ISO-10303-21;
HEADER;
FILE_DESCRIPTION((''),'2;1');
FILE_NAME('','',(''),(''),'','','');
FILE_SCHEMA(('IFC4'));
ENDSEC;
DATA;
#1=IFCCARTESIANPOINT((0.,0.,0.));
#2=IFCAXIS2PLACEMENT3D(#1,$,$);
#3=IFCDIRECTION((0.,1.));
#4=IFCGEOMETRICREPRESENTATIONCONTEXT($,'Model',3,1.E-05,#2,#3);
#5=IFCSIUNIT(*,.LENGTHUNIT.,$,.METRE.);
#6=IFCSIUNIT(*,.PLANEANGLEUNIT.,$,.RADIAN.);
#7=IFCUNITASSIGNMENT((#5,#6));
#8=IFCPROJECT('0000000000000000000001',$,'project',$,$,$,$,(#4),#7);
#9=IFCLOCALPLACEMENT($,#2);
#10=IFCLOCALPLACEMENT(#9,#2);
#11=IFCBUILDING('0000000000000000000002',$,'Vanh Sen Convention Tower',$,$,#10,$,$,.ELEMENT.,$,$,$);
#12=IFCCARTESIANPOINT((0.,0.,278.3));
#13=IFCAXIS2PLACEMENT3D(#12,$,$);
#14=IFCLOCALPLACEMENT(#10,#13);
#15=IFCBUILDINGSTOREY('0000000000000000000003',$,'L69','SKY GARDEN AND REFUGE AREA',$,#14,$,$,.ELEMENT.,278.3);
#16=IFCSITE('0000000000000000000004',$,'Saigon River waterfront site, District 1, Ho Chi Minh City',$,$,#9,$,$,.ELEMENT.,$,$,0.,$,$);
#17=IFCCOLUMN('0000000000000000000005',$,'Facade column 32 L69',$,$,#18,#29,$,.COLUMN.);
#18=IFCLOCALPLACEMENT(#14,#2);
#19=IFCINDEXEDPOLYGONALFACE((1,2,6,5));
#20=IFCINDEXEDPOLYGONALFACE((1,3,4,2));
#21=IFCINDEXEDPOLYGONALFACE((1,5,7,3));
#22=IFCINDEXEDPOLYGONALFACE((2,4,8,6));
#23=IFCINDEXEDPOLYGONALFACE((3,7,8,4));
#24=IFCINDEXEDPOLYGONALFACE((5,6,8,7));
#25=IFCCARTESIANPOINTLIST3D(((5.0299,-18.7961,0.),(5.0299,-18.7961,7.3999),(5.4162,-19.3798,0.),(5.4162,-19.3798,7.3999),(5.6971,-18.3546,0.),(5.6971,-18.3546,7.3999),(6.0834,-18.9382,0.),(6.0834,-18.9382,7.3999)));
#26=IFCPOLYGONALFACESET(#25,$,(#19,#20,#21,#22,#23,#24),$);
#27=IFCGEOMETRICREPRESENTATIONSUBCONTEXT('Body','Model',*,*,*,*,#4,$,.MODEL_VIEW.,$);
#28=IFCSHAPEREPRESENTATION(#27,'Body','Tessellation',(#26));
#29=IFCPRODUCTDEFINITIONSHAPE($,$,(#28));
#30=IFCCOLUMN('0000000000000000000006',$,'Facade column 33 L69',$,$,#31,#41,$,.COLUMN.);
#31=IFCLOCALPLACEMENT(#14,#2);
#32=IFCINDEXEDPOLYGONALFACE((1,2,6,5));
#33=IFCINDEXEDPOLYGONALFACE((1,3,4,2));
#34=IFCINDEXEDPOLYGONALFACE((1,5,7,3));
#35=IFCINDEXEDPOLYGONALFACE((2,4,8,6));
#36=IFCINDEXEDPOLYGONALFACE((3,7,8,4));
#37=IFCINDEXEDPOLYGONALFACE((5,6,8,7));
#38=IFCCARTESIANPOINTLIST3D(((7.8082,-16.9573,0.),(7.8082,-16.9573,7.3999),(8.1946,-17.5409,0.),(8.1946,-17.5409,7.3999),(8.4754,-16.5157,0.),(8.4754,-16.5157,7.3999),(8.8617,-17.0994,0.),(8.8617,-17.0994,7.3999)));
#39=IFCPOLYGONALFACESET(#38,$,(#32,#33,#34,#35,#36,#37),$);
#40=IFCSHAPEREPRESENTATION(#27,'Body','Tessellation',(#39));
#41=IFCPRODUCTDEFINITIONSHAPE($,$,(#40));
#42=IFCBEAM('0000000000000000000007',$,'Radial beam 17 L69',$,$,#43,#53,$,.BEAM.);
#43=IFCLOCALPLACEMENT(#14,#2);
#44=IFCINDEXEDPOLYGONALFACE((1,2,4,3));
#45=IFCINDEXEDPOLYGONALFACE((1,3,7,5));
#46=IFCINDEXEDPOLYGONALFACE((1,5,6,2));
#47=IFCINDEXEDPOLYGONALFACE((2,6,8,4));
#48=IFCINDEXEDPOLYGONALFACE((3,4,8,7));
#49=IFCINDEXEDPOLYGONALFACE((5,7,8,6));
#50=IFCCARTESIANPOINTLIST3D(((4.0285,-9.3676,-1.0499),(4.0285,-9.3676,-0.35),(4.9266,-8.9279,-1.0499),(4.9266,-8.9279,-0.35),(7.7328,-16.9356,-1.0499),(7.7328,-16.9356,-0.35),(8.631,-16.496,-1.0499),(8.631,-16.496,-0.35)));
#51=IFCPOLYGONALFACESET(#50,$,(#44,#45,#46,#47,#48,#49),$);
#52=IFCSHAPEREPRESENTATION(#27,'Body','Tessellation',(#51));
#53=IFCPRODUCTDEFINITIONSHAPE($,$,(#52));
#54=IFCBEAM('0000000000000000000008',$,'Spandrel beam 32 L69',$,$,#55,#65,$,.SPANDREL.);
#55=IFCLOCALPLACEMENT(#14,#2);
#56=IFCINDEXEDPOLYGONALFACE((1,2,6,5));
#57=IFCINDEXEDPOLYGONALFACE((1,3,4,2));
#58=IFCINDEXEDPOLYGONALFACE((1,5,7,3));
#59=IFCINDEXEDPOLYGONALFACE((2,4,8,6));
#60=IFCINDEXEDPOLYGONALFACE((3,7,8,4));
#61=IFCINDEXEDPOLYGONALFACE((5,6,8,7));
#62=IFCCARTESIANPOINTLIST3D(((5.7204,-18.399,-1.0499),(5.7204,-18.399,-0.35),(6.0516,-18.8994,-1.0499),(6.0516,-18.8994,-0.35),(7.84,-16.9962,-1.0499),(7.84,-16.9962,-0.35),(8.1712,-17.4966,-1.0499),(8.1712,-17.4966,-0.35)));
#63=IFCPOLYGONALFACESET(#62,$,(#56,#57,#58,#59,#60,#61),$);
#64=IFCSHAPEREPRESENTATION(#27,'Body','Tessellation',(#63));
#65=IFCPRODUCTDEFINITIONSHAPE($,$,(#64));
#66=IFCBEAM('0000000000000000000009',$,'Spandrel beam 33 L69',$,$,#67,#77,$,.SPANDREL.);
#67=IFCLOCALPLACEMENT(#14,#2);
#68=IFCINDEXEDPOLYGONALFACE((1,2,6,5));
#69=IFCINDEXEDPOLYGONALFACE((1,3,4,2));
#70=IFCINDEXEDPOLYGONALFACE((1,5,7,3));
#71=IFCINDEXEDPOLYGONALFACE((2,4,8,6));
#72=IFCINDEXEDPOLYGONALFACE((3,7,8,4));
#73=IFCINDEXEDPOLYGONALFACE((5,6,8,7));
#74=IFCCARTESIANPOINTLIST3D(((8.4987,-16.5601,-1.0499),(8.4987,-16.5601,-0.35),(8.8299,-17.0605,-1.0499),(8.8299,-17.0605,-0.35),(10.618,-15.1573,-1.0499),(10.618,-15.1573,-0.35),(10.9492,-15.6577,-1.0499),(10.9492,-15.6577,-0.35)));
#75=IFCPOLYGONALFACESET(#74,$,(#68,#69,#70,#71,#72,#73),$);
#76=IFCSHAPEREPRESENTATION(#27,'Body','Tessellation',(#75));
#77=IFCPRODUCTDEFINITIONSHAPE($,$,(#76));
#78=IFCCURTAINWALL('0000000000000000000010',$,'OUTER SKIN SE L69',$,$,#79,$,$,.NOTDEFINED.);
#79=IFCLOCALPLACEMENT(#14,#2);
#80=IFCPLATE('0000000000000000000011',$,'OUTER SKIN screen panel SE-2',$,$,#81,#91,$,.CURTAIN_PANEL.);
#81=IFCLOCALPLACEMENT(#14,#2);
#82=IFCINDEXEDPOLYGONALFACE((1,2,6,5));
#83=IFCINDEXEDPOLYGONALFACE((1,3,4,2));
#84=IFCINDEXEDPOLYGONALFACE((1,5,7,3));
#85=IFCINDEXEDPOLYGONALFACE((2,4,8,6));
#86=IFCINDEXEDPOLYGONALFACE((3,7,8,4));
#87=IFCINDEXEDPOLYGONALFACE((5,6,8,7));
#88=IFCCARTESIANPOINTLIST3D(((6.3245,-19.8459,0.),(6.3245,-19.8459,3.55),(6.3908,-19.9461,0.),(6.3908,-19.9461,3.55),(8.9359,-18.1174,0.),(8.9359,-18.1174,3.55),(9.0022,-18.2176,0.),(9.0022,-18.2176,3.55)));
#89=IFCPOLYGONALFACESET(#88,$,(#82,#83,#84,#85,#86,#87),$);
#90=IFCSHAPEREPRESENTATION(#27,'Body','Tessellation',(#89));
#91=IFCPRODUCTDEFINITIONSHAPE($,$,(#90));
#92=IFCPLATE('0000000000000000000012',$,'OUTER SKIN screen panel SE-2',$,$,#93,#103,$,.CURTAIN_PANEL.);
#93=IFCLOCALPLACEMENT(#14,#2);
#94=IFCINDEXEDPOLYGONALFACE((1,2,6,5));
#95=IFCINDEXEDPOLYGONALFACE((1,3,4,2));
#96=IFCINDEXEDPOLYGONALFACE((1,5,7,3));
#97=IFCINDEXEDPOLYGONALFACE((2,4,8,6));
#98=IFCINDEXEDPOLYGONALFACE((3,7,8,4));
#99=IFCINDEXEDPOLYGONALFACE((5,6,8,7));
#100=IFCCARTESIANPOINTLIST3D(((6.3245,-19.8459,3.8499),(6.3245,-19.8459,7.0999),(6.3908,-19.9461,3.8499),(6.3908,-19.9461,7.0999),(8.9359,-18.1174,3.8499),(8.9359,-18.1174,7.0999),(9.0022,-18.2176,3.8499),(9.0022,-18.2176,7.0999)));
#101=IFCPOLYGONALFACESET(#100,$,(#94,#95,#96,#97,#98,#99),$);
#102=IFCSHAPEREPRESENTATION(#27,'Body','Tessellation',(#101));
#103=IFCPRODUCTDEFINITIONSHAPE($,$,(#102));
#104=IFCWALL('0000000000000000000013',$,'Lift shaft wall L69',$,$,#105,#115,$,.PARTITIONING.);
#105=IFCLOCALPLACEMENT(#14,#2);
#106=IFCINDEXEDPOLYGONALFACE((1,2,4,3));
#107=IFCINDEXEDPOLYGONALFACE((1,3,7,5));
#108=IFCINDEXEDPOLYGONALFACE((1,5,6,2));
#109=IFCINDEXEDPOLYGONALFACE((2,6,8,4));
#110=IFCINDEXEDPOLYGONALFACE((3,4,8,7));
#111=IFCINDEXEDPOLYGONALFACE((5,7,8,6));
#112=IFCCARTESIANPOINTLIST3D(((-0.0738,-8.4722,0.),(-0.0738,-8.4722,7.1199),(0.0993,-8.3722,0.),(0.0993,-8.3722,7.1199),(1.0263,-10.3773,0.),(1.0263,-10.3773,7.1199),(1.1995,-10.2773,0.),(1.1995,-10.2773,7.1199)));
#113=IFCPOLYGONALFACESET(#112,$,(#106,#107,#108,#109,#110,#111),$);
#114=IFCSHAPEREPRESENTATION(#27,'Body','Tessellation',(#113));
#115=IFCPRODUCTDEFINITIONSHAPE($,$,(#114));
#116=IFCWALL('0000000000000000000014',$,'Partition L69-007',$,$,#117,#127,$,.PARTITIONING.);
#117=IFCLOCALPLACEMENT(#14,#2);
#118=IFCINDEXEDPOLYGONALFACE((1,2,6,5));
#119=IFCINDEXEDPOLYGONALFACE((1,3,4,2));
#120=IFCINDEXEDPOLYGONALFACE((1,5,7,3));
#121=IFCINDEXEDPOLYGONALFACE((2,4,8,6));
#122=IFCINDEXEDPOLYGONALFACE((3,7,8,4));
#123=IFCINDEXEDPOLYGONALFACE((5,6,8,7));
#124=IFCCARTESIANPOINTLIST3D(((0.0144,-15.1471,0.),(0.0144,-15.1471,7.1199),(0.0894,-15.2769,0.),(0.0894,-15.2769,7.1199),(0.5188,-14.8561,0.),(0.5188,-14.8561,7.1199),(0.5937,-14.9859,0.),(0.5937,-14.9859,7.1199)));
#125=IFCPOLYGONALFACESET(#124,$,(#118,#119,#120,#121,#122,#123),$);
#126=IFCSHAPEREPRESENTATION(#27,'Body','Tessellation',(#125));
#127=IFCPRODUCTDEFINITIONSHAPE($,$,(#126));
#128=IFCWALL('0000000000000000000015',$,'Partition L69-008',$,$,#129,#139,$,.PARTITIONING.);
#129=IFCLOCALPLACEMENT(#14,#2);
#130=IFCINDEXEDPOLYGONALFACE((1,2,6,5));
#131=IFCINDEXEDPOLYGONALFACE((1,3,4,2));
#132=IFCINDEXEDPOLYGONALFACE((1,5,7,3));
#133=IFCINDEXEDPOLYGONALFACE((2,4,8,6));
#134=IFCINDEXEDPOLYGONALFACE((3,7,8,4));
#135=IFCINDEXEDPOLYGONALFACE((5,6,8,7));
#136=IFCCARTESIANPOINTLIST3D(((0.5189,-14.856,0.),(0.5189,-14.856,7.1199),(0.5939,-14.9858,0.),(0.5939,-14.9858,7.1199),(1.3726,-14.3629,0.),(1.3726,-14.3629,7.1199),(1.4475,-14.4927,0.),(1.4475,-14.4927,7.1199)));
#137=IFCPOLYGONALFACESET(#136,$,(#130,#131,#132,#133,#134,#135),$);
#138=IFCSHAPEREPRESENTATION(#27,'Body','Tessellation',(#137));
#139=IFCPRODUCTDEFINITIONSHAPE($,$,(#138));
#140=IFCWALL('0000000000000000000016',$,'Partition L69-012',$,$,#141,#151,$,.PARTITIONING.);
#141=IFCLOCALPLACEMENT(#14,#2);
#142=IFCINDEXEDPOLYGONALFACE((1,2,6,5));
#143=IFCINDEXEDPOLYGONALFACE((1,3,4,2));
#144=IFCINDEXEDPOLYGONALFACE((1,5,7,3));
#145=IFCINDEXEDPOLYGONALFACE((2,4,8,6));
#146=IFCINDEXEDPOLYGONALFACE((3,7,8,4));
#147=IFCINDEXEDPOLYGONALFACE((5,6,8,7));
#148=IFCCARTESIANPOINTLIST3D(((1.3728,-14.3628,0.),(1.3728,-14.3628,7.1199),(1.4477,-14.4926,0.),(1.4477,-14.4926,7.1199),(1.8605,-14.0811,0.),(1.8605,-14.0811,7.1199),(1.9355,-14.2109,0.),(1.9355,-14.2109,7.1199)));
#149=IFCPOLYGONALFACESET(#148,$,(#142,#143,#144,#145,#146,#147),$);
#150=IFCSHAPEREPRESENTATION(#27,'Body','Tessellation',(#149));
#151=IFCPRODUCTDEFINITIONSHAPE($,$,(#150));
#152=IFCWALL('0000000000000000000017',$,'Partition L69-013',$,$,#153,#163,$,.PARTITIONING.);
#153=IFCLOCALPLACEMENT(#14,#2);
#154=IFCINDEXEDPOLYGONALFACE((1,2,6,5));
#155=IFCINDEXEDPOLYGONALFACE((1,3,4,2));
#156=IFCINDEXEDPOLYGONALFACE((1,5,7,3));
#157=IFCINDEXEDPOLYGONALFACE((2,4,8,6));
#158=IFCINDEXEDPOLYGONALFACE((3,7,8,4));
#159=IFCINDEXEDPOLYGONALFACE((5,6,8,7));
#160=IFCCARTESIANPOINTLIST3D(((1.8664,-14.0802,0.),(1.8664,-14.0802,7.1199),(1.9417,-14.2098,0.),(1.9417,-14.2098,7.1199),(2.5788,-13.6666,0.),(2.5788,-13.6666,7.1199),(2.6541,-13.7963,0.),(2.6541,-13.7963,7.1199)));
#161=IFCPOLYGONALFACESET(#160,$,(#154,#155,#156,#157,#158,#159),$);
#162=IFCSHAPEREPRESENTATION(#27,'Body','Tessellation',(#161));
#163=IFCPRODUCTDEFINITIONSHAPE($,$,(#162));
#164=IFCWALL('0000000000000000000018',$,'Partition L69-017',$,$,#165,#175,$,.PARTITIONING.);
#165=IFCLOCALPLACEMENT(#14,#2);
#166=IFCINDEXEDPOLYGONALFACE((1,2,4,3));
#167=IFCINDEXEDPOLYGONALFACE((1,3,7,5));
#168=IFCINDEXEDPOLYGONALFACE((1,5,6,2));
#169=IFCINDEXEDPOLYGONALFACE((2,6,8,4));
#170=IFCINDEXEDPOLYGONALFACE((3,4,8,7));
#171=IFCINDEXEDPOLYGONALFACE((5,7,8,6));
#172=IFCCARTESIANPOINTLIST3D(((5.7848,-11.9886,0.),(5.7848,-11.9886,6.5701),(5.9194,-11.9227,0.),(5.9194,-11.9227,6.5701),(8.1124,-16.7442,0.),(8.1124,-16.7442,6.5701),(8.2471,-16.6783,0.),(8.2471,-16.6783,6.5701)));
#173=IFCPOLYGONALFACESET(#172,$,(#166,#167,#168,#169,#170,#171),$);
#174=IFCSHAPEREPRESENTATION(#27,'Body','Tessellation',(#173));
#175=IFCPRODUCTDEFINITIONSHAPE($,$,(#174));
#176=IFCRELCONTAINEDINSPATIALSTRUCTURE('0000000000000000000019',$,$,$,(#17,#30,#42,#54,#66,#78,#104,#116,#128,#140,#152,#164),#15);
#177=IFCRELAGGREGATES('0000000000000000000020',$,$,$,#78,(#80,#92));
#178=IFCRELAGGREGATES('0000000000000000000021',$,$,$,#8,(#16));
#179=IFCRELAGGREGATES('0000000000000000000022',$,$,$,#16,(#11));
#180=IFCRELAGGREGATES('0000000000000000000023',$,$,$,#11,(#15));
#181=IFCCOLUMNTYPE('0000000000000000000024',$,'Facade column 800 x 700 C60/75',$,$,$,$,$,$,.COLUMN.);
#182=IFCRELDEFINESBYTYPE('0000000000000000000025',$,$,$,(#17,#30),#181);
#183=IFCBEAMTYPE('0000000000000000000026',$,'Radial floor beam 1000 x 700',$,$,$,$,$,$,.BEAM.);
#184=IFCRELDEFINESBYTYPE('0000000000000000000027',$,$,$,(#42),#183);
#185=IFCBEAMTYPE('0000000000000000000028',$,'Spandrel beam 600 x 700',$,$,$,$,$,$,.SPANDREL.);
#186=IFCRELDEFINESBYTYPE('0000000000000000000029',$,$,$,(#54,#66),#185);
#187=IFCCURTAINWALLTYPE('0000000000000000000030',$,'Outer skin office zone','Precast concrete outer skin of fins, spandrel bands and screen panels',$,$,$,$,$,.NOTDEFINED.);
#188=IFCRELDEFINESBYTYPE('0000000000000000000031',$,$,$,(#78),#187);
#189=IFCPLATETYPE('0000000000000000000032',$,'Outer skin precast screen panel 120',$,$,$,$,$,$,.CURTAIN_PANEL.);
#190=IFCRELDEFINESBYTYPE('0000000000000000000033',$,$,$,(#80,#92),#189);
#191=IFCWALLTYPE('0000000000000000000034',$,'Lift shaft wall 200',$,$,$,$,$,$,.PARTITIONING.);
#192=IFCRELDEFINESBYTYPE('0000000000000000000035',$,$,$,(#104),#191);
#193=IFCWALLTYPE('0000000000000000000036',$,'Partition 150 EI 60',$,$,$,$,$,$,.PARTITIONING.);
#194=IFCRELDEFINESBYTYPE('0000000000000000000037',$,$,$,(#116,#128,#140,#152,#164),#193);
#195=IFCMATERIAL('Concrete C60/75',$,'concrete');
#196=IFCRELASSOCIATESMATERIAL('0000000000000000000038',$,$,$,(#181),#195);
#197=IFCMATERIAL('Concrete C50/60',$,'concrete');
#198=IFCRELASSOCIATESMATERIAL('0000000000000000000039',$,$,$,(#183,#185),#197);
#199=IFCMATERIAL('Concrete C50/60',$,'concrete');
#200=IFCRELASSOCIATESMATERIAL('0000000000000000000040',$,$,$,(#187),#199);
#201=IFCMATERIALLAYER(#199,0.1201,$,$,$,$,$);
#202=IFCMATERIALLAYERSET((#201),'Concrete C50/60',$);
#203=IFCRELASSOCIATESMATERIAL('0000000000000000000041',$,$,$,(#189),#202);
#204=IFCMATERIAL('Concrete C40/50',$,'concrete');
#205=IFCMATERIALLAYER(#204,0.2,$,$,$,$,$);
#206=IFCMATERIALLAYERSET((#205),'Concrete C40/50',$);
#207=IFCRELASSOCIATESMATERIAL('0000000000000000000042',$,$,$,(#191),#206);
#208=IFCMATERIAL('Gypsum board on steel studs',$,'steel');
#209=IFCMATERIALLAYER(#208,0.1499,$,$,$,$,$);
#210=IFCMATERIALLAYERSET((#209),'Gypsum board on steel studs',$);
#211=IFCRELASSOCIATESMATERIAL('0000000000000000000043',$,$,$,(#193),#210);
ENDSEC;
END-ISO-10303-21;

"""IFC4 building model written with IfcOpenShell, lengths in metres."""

from ifc_helpers import new_model, si_unit, direction, frame, frame_2d, origin, origin_2d, place, context, subcontext, project, spatial, rectangle, extrude, material, layer, layer_set, material_profile, profile_set, type_object, element, aggregate, save


model = new_model("IFC4")

# Units and contexts
model_context = context("Model", 3, precision=1e-05, world=origin(), true_north=direction((0.0, 1.0)))
body_context = subcontext(model_context, "Body", "Model", "MODEL_VIEW")
ifc_project = project(units=[si_unit("LENGTHUNIT", "METRE"), si_unit("PLANEANGLEUNIT", "RADIAN")], contexts=[model_context])

# Site, building, storey
site_placement = place(None, origin())
site = spatial("IfcSite", under=ifc_project, at=site_placement, Name="Saigon River waterfront site, District 1, Ho Chi Minh City", CompositionType="ELEMENT", RefElevation=0.0)
building_placement = place(site_placement, origin())
building = spatial("IfcBuilding", under=site, at=building_placement, Name="Vanh Sen Convention Tower", CompositionType="ELEMENT")
storey_placement = place(building_placement, frame((0.0, 0.0, 278.3)))
storey = spatial("IfcBuildingStorey", under=building, at=storey_placement, Name="L69", Description="SKY GARDEN AND REFUGE AREA", CompositionType="ELEMENT", Elevation=278.3)

# Columns
ifc_material_1 = material(Name="Concrete C60/75", Category="concrete")
ifc_material_profile_1 = material_profile(ifc_material_1, rectangle(XDim=0.8, YDim=0.7, at=origin_2d()), Name="RC 800X700")
ifc_profile_set_1 = profile_set([ifc_material_profile_1], Name="Concrete C60/75")
column_type = type_object("IfcColumnType", Name="Facade column 800 x 700 C60/75", PredefinedType="COLUMN", material=ifc_profile_set_1)
for number, where, z_axis, x_axis, name in (
    (1, (5.5566, -18.8672, 0.0), (0.0, 0.0, 1.0), (0.833886, 0.551937, 0.0), "Facade column 32 L69"),
    (2, (8.335, -17.0283, 0.0), (0.0, 0.0, 1.0), (0.833886, 0.551937, 0.0), "Facade column 33 L69"),
):
    element("IfcColumn", number, at=place(storey_placement, frame(where, z_axis=z_axis, x_axis=x_axis)), inside=storey, type_object=column_type, Name=name, PredefinedType="COLUMN", context=body_context, shape_type="SweptSolid", body=[
        extrude(rectangle(XDim=0.8, YDim=0.7, at=origin_2d()), origin(), (0.0, 0.0, 1.0), 7.3999),
    ])

# Beams
ifc_material_2 = material(Name="Concrete C50/60", Category="concrete")
ifc_material_profile_2 = material_profile(ifc_material_2, rectangle(XDim=1.0, YDim=0.7, at=origin_2d()), Name="RC 1000X700")
ifc_profile_set_2 = profile_set([ifc_material_profile_2], Name="Concrete C50/60")
beam_type_1 = type_object("IfcBeamType", Name="Radial floor beam 1000 x 700", PredefinedType="BEAM", material=ifc_profile_set_2)
beam_1_placement = place(storey_placement, frame((8.1819, -16.7158, -0.7), z_axis=(-0.439629, 0.898179, 0.0), x_axis=(-0.898179, -0.439629, 0.0)))
element("IfcBeam", 3, at=beam_1_placement, inside=storey, type_object=beam_type_1, Name="Radial beam 17 L69", PredefinedType="BEAM", context=body_context, shape_type="SweptSolid", body=[
    extrude(rectangle(XDim=1.0, YDim=0.7, at=origin_2d()), origin(), (0.0, 0.0, 1.0), 8.426),
])
ifc_material_profile_3 = material_profile(ifc_material_2, rectangle(XDim=0.6001, YDim=0.7, at=origin_2d()), Name="RC 600X700")
ifc_profile_set_3 = profile_set([ifc_material_profile_3], Name="Concrete C50/60")
beam_type_2 = type_object("IfcBeamType", Name="Spandrel beam 600 x 700", PredefinedType="SPANDREL", material=ifc_profile_set_3)
beam_2_placement = place(storey_placement, frame((5.886, -18.6492, -0.7), z_axis=(0.833908, 0.551904, 0.0), x_axis=(-0.551904, 0.833908, 0.0)))
element("IfcBeam", 4, at=beam_2_placement, inside=storey, type_object=beam_type_2, Name="Spandrel beam 32 L69", PredefinedType="SPANDREL", context=body_context, shape_type="SweptSolid", body=[
    extrude(rectangle(XDim=0.6001, YDim=0.7, at=origin_2d()), origin(), (0.0, 0.0, 1.0), 2.5417),
])
beam_3_placement = place(storey_placement, frame((8.6643, -16.8103, -0.7), z_axis=(0.833878, 0.551948, 0.0), x_axis=(-0.551948, 0.833878, 0.0)))
element("IfcBeam", 5, at=beam_3_placement, inside=storey, type_object=beam_type_2, Name="Spandrel beam 33 L69", PredefinedType="SPANDREL", context=body_context, shape_type="SweptSolid", body=[
    extrude(rectangle(XDim=0.6001, YDim=0.7, at=origin_2d()), origin(), (0.0, 0.0, 1.0), 2.5415),
])

# Curtain wall, plates
ifc_material_3 = material(Name="Concrete C50/60", Category="concrete")
curtain_wall_type = type_object("IfcCurtainWallType", Name="Outer skin office zone", Description="Precast concrete outer skin of fins, spandrel bands and screen panels", PredefinedType="NOTDEFINED", material=ifc_material_3)
curtain_wall_placement = place(storey_placement, origin())
curtain_wall = element("IfcCurtainWall", 6, at=curtain_wall_placement, inside=storey, type_object=curtain_wall_type, Name="OUTER SKIN SE L69", PredefinedType="NOTDEFINED")
ifc_layer_1 = layer(ifc_material_3, 0.1201)
ifc_layer_set_1 = layer_set([ifc_layer_1], Name="Concrete C50/60")
plate_type = type_object("IfcPlateType", Name="Outer skin precast screen panel 120", PredefinedType="CURTAIN_PANEL", material=ifc_layer_set_1)
plate_1_placement = place(storey_placement, frame((7.6633, -19.0317, 0.0), z_axis=(0.0, 0.0, 1.0), x_axis=(0.833879, 0.551947, 0.0)))
plate_1 = element("IfcPlate", 7, at=plate_1_placement, type_object=plate_type, Name="OUTER SKIN screen panel SE-2", PredefinedType="CURTAIN_PANEL", context=body_context, shape_type="SweptSolid", body=[
    extrude(rectangle(XDim=3.1316, YDim=0.1201, at=origin_2d()), origin(), (0.0, 0.0, 1.0), 3.55),
])
plate_2_placement = place(storey_placement, frame((7.6633, -19.0317, 3.8499), z_axis=(0.0, 0.0, 1.0), x_axis=(0.833879, 0.551947, 0.0)))
plate_2 = element("IfcPlate", 8, at=plate_2_placement, type_object=plate_type, Name="OUTER SKIN screen panel SE-2", PredefinedType="CURTAIN_PANEL", context=body_context, shape_type="SweptSolid", body=[
    extrude(rectangle(XDim=3.1316, YDim=0.1201, at=origin_2d()), origin(), (0.0, 0.0, 1.0), 3.25),
])
aggregate(curtain_wall, [plate_1, plate_2])

# Walls
ifc_material_4 = material(Name="Concrete C40/50", Category="concrete")
ifc_layer_2 = layer(ifc_material_4, 0.2)
ifc_layer_set_2 = layer_set([ifc_layer_2], Name="Concrete C40/50")
wall_type_1 = type_object("IfcWallType", Name="Lift shaft wall 200", PredefinedType="PARTITIONING", material=ifc_layer_set_2)
wall_1_placement = place(storey_placement, frame((0.0127, -8.4221, 0.0), z_axis=(0.0, 0.0, 1.0), x_axis=(0.500078, -0.86598, 0.0)))
element("IfcWall", 9, at=wall_1_placement, inside=storey, type_object=wall_type_1, Name="Lift shaft wall L69", PredefinedType="PARTITIONING", context=body_context, shape_type="SweptSolid", body=[
    extrude(rectangle(XDim=2.2, YDim=0.2, at=frame_2d((1.1001, 0.0))), origin(), (0.0, 0.0, 1.0), 7.1199),
])
ifc_material_5 = material(Name="Gypsum board on steel studs", Category="steel")
ifc_layer_3 = layer(ifc_material_5, 0.1499)
ifc_layer_set_3 = layer_set([ifc_layer_3], Name="Gypsum board on steel studs")
wall_type_2 = type_object("IfcWallType", Name="Partition 150 EI 60", PredefinedType="PARTITIONING", material=ifc_layer_set_3)
wall_2_placement = place(storey_placement, frame((0.052, -15.2119, 0.0), z_axis=(0.0, 0.0, 1.0), x_axis=(0.866172, 0.499747, 0.0)))
element("IfcWall", 10, at=wall_2_placement, inside=storey, type_object=wall_type_2, Name="Partition L69-007", PredefinedType="PARTITIONING", context=body_context, shape_type="SweptSolid", body=[
    extrude(rectangle(XDim=0.5823, YDim=0.1499, at=frame_2d((0.291, 0.0))), origin(), (0.0, 0.0, 1.0), 7.1199),
])
wall_3_placement = place(storey_placement, frame((0.5564, -14.9209, 0.0), z_axis=(0.0, 0.0, 1.0), x_axis=(0.865918, 0.500187, 0.0)))
element("IfcWall", 11, at=wall_3_placement, inside=storey, type_object=wall_type_2, Name="Partition L69-008", PredefinedType="PARTITIONING", context=body_context, shape_type="SweptSolid", body=[
    extrude(rectangle(XDim=0.9858, YDim=0.1499, at=frame_2d((0.4929, 0.0))), origin(), (0.0, 0.0, 1.0), 7.1199),
])
wall_4_placement = place(storey_placement, frame((1.4102, -14.4277, 0.0), z_axis=(0.0, 0.0, 1.0), x_axis=(0.86594, 0.500148, 0.0)))
element("IfcWall", 12, at=wall_4_placement, inside=storey, type_object=wall_type_2, Name="Partition L69-012", PredefinedType="PARTITIONING", context=body_context, shape_type="SweptSolid", body=[
    extrude(rectangle(XDim=0.5632, YDim=0.1499, at=frame_2d((0.2817, 0.0))), origin(), (0.0, 0.0, 1.0), 7.1199),
])
wall_5_placement = place(storey_placement, frame((1.9041, -14.145, 0.0), z_axis=(0.0, 0.0, 1.0), x_axis=(0.86483, 0.502064, 0.0)))
element("IfcWall", 13, at=wall_5_placement, inside=storey, type_object=wall_type_2, Name="Partition L69-013", PredefinedType="PARTITIONING", context=body_context, shape_type="SweptSolid", body=[
    extrude(rectangle(XDim=0.8237, YDim=0.1499, at=frame_2d((0.4119, 0.0))), origin(), (0.0, 0.0, 1.0), 7.1199),
])
wall_6_placement = place(storey_placement, frame((5.8521, -11.9556, 0.0), z_axis=(0.0, 0.0, 1.0), x_axis=(0.439617, -0.898185, 0.0)))
element("IfcWall", 14, at=wall_6_placement, inside=storey, type_object=wall_type_2, Name="Partition L69-017", PredefinedType="PARTITIONING", context=body_context, shape_type="SweptSolid", body=[
    extrude(rectangle(XDim=5.2947, YDim=0.1499, at=frame_2d((2.6475, 0.0))), origin(), (0.0, 0.0, 1.0), 6.5701),
])

save(model, "model.ifc")
